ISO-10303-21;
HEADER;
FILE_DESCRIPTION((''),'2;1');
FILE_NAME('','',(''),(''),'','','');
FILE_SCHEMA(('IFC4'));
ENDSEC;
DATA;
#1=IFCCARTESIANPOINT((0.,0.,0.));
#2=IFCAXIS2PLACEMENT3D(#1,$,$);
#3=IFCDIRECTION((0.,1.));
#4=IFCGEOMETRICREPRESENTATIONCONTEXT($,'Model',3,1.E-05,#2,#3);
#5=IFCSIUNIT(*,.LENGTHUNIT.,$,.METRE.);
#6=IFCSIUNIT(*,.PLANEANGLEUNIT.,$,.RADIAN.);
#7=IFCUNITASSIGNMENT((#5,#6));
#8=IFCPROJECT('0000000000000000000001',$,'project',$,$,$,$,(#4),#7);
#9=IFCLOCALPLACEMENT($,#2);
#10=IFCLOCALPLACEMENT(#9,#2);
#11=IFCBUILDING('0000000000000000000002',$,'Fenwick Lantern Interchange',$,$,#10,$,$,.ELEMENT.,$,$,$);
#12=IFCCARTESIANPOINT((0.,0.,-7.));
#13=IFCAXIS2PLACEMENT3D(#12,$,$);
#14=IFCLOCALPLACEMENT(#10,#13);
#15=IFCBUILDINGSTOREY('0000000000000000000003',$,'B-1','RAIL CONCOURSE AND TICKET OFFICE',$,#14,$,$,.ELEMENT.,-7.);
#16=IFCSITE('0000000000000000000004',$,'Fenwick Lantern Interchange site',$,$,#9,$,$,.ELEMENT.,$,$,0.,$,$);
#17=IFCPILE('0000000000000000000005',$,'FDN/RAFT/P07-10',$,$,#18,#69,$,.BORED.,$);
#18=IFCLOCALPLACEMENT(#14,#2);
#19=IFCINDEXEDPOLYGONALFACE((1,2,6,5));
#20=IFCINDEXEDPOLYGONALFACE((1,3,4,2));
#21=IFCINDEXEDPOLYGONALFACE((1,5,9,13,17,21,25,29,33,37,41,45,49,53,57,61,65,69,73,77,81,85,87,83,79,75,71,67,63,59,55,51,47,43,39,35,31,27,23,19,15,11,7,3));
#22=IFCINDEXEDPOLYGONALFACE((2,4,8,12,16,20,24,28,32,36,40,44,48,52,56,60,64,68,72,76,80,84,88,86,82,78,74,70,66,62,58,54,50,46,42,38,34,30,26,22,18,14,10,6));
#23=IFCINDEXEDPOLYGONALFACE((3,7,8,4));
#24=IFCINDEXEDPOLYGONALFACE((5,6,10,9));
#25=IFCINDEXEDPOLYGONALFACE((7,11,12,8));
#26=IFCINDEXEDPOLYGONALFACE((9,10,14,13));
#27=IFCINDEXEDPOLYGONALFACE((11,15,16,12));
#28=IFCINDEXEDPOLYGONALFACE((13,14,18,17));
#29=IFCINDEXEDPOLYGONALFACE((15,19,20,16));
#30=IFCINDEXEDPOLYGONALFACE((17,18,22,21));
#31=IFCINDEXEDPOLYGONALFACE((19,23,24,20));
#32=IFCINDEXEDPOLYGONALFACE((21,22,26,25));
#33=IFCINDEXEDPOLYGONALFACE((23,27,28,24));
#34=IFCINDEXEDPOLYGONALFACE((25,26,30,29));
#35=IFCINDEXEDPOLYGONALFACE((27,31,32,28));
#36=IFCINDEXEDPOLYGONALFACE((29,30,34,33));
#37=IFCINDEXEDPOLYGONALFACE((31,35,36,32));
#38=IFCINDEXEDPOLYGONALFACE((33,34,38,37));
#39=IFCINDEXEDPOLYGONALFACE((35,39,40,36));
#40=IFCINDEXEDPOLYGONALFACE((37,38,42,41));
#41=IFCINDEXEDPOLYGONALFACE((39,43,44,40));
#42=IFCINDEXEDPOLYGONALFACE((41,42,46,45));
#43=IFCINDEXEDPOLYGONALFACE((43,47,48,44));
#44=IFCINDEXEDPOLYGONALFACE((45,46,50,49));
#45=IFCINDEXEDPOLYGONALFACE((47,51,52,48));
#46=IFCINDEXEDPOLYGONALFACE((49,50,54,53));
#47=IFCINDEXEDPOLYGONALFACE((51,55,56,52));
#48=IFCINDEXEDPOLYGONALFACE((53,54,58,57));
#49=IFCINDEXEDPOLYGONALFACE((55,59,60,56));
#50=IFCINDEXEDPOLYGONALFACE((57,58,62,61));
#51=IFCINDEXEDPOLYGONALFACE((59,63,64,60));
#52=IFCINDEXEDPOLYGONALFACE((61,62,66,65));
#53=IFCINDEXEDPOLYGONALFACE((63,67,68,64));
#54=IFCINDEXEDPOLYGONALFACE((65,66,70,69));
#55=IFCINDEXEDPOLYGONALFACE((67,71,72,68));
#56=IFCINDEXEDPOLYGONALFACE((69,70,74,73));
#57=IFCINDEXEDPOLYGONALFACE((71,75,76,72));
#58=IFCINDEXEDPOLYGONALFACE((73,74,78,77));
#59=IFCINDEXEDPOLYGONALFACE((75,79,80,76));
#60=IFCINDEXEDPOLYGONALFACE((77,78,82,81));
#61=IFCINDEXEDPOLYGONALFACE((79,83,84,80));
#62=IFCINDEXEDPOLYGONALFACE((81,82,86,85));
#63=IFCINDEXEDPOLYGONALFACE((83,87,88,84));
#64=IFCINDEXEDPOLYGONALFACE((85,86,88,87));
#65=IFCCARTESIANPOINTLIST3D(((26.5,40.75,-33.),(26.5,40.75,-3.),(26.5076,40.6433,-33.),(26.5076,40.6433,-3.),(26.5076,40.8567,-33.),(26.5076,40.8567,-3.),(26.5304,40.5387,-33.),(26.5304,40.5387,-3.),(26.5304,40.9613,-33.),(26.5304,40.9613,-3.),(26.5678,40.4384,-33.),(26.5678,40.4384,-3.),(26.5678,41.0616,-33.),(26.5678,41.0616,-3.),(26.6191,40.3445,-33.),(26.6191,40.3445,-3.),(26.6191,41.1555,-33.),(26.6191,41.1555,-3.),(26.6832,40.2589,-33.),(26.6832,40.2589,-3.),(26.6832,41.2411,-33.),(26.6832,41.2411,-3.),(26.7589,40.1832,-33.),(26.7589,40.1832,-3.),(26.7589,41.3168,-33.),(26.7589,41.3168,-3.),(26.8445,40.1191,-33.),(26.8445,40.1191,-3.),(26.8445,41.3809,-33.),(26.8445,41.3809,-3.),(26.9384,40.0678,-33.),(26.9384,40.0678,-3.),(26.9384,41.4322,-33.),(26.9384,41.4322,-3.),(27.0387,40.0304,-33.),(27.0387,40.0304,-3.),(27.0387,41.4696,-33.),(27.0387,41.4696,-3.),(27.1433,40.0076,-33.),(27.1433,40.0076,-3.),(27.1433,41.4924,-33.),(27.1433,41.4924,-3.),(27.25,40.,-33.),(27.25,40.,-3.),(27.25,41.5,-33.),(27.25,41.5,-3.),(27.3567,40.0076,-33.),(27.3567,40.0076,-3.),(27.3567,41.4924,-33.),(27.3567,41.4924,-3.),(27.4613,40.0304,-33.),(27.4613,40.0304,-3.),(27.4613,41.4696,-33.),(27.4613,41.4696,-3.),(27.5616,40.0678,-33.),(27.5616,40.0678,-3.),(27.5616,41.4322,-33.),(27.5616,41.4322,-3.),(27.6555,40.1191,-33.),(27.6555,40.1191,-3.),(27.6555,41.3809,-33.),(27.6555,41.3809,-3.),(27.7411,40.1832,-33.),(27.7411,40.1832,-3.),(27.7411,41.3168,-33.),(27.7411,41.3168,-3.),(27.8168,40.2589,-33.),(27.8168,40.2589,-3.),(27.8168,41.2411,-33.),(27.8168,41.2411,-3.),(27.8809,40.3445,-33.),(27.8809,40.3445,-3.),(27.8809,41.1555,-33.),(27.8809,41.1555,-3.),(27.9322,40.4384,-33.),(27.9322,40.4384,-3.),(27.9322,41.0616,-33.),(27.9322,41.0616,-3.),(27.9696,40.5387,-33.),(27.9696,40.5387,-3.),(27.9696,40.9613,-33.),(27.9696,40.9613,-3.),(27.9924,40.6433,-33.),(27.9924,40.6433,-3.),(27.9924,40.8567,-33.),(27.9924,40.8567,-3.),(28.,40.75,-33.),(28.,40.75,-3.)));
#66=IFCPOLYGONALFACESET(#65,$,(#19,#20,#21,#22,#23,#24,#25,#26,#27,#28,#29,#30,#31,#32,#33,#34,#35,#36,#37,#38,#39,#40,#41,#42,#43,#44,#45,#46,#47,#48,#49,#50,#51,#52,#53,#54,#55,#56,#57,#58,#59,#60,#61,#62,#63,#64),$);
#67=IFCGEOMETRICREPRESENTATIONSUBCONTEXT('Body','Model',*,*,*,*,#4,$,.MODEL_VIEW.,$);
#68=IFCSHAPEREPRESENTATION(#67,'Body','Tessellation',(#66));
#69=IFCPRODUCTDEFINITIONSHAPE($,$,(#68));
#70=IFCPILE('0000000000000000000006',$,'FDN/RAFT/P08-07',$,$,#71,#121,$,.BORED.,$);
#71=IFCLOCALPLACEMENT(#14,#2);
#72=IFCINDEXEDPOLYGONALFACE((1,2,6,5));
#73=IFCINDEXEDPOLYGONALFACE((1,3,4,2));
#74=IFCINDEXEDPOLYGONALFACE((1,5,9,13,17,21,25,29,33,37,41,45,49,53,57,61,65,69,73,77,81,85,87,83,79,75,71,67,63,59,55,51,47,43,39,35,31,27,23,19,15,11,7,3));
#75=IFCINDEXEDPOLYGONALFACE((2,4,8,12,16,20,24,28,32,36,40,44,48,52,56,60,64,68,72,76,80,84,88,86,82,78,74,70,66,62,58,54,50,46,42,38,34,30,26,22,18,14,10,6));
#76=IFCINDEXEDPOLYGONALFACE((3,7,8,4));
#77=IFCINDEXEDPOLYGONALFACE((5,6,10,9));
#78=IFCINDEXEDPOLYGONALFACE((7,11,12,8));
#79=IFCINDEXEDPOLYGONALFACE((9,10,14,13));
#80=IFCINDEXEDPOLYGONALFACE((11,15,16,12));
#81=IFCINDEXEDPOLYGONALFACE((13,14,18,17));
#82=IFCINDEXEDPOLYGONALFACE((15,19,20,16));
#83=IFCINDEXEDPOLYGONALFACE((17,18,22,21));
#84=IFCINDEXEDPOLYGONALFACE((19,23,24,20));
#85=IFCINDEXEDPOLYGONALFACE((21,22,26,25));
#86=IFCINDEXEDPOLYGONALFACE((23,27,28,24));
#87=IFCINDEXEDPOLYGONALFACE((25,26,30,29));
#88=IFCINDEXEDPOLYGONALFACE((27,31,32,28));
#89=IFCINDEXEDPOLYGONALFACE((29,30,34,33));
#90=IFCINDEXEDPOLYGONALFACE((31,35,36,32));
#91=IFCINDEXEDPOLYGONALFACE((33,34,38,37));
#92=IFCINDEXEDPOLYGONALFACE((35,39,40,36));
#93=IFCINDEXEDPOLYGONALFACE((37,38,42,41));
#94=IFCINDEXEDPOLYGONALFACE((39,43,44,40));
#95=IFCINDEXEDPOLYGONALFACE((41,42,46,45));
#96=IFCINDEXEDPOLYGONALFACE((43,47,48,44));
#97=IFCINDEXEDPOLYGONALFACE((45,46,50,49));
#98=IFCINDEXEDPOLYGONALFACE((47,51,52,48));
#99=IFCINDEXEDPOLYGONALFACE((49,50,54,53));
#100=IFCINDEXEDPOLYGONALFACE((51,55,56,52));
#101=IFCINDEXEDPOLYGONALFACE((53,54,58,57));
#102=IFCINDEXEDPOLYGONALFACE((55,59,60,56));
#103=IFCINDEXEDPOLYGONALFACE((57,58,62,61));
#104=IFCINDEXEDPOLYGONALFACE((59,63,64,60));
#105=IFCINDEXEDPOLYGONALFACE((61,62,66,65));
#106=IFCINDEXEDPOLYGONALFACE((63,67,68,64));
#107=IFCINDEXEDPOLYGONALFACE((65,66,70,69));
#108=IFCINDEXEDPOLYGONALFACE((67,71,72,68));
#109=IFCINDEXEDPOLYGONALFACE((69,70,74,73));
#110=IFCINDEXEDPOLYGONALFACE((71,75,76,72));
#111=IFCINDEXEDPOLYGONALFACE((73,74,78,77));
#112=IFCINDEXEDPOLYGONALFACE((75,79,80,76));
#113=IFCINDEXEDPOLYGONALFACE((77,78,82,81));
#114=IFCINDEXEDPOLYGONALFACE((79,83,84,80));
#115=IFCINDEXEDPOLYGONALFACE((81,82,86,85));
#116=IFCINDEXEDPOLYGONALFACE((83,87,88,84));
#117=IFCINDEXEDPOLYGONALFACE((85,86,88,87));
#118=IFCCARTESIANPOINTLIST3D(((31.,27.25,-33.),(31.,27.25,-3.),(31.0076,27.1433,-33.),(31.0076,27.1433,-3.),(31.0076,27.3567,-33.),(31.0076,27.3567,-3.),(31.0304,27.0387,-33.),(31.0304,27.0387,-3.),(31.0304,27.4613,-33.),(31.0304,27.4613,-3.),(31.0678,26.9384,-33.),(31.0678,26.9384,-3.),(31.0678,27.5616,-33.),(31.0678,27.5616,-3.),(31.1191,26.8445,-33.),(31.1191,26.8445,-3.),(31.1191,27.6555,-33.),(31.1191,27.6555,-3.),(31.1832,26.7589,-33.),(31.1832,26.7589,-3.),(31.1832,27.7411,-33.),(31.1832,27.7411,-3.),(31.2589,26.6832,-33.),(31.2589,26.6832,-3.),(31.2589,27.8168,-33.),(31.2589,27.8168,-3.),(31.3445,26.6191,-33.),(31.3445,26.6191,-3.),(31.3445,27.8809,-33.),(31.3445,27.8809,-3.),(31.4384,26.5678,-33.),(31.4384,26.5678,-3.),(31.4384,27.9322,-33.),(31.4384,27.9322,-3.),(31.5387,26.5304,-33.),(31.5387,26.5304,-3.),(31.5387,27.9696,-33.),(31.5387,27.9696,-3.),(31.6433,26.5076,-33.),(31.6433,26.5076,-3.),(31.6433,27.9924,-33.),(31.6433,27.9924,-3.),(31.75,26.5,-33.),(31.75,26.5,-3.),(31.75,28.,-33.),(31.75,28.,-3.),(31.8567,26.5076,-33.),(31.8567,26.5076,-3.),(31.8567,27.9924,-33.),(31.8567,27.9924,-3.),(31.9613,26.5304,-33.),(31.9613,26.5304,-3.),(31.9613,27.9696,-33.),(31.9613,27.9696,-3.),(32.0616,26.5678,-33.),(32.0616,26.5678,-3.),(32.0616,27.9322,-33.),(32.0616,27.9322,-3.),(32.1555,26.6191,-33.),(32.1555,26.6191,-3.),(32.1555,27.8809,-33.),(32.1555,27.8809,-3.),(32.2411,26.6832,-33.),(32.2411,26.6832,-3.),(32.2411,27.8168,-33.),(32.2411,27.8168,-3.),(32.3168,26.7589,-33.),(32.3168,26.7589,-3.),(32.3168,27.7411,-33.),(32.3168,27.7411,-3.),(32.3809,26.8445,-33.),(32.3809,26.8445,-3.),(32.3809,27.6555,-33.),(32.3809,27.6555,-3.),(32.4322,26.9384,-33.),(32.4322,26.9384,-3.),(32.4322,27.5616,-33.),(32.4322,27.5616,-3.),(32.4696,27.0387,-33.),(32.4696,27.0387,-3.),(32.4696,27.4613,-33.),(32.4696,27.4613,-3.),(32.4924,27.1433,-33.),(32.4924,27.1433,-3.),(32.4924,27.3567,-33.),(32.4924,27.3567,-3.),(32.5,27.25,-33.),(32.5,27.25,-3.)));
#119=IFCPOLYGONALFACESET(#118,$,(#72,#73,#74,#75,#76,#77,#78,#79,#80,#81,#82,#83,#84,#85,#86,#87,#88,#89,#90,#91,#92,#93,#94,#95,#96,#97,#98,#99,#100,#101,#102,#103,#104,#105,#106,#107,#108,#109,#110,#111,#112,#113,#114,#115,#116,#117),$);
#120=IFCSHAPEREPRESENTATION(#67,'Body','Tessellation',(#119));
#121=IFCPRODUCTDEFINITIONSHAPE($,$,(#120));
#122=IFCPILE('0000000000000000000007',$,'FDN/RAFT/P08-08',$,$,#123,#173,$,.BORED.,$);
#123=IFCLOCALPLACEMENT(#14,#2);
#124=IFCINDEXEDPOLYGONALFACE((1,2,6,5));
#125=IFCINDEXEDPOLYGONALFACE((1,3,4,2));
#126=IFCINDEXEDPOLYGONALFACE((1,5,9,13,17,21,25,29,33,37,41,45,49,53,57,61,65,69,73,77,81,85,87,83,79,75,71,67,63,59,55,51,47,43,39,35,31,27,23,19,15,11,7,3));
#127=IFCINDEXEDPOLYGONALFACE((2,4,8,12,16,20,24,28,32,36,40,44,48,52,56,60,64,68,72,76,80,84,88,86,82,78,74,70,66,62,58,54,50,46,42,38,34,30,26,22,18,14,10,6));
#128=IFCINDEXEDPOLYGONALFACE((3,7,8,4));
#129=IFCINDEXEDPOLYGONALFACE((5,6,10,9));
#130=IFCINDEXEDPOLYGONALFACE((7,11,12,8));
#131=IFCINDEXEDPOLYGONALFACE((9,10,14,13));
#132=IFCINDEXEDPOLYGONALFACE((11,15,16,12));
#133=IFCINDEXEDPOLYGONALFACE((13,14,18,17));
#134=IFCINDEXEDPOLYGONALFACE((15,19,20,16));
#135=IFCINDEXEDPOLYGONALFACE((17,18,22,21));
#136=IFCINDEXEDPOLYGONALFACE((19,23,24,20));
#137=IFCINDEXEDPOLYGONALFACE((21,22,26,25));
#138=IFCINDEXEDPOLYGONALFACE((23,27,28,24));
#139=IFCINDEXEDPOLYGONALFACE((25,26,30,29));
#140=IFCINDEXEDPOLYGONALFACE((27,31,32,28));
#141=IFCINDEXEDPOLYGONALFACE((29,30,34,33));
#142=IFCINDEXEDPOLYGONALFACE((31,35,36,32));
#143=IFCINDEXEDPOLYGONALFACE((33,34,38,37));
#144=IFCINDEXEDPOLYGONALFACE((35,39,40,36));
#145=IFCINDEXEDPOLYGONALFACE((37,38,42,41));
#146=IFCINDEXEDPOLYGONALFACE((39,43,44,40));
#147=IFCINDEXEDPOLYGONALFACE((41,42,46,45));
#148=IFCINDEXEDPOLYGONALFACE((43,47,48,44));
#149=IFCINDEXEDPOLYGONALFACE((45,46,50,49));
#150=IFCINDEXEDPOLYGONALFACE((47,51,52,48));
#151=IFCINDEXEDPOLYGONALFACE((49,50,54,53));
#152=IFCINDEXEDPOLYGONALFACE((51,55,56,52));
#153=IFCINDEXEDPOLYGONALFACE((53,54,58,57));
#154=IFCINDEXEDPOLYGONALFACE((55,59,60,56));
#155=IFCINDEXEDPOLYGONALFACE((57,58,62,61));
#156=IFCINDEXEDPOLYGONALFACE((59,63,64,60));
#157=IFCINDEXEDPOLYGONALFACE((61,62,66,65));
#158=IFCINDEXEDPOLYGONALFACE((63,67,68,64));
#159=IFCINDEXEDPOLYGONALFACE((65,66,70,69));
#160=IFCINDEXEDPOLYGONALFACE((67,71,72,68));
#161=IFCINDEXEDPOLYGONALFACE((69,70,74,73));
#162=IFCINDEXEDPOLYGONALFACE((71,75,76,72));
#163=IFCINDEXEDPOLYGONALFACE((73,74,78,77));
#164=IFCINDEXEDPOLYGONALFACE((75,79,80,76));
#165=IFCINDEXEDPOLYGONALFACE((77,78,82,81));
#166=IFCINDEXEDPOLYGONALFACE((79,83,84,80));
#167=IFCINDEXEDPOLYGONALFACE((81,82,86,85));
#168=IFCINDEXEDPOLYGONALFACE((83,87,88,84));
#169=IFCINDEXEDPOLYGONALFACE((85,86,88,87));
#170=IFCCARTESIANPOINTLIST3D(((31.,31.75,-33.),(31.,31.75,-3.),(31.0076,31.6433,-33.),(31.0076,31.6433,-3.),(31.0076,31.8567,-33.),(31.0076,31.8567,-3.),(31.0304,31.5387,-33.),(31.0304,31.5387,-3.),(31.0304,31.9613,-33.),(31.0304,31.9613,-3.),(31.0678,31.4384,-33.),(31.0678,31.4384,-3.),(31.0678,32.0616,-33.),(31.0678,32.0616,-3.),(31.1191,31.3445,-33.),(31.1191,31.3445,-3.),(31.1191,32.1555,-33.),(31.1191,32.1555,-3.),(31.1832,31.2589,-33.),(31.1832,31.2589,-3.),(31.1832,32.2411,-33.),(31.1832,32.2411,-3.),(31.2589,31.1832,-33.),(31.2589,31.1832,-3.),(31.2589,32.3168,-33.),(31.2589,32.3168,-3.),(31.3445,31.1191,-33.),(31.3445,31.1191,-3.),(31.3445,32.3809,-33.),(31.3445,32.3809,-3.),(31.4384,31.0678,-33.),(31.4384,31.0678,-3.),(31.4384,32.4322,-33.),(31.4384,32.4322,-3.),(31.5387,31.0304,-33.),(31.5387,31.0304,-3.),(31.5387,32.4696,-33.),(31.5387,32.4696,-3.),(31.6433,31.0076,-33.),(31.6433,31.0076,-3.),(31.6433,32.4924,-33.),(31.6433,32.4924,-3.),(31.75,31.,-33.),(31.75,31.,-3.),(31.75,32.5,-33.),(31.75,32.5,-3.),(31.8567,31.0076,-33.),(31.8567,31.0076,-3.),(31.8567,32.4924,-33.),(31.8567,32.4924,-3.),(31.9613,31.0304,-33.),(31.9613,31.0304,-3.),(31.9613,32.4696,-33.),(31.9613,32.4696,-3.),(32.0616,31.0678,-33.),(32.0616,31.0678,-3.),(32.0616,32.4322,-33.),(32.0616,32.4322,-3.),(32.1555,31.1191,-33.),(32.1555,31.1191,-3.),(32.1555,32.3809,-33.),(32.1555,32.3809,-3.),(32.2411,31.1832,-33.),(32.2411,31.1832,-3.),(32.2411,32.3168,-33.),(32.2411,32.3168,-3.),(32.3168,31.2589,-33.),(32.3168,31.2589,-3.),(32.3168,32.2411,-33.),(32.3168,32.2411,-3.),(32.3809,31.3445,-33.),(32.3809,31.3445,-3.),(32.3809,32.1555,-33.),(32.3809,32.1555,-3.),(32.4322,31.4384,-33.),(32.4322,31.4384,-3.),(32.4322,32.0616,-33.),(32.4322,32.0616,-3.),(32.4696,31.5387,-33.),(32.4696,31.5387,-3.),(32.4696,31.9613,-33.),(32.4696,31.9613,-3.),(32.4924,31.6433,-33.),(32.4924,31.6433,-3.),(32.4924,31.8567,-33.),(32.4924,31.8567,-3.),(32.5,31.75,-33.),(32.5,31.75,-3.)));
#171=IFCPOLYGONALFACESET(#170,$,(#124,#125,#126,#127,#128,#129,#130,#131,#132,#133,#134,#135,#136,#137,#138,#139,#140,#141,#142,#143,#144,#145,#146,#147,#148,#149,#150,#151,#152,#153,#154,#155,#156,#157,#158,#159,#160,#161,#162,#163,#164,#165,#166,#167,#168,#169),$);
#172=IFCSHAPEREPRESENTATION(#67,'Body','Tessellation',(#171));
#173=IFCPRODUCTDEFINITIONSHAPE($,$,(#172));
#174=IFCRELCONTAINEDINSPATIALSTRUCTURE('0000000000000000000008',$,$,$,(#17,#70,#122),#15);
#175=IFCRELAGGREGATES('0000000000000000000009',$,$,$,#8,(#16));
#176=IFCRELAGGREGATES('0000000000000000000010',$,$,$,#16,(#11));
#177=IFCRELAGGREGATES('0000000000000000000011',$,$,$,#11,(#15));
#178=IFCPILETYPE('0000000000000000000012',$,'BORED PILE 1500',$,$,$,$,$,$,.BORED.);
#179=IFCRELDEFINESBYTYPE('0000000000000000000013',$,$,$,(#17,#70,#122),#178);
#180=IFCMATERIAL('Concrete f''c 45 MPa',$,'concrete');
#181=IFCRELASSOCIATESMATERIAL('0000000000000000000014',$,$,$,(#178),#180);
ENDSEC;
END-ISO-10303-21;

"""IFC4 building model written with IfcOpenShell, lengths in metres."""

from ifc_helpers import new_model, si_unit, direction, frame, origin, origin_2d, place, context, subcontext, project, spatial, circle, extrude, material, type_object, element, save


model = new_model("IFC4")

# Units and contexts
model_context = context("Model", 3, precision=1e-05, world=origin(), true_north=direction((0.0, 1.0)))
body_context = subcontext(model_context, "Body", "Model", "MODEL_VIEW")
ifc_project = project(units=[si_unit("LENGTHUNIT", "METRE"), si_unit("PLANEANGLEUNIT", "RADIAN")], contexts=[model_context])

# Site, building, storey
site_placement = place(None, origin())
site = spatial("IfcSite", under=ifc_project, at=site_placement, Name="Fenwick Lantern Interchange site", CompositionType="ELEMENT", RefElevation=0.0)
building_placement = place(site_placement, origin())
building = spatial("IfcBuilding", under=site, at=building_placement, Name="Fenwick Lantern Interchange", CompositionType="ELEMENT")
storey_placement = place(building_placement, frame((0.0, 0.0, -7.0)))
storey = spatial("IfcBuildingStorey", under=building, at=storey_placement, Name="B-1", Description="RAIL CONCOURSE AND TICKET OFFICE", CompositionType="ELEMENT", Elevation=-7.0)

# Piles
ifc_material_1 = material(Name="Concrete f'c 45 MPa", Category="concrete")
pile_type = type_object("IfcPileType", Name="BORED PILE 1500", PredefinedType="BORED", material=ifc_material_1)
for number, where, z_axis, x_axis, name in (
    (1, (27.25, 40.75, -3.0), (0.0, 0.0, -1.0), (1.0, 0.0, 0.0), "FDN/RAFT/P07-10"),
    (2, (31.75, 27.25, -3.0), (0.0, 0.0, -1.0), (1.0, 0.0, 0.0), "FDN/RAFT/P08-07"),
    (3, (31.75, 31.75, -3.0), (0.0, 0.0, -1.0), (1.0, 0.0, 0.0), "FDN/RAFT/P08-08"),
):
    element("IfcPile", number, at=place(storey_placement, frame(where, z_axis=z_axis, x_axis=x_axis)), inside=storey, type_object=pile_type, Name=name, PredefinedType="BORED", context=body_context, shape_type="SweptSolid", body=[
        extrude(circle(Radius=0.75, at=origin_2d()), origin(), (0.0, 0.0, 1.0), 30.0),
    ])

save(model, "model.ifc")
